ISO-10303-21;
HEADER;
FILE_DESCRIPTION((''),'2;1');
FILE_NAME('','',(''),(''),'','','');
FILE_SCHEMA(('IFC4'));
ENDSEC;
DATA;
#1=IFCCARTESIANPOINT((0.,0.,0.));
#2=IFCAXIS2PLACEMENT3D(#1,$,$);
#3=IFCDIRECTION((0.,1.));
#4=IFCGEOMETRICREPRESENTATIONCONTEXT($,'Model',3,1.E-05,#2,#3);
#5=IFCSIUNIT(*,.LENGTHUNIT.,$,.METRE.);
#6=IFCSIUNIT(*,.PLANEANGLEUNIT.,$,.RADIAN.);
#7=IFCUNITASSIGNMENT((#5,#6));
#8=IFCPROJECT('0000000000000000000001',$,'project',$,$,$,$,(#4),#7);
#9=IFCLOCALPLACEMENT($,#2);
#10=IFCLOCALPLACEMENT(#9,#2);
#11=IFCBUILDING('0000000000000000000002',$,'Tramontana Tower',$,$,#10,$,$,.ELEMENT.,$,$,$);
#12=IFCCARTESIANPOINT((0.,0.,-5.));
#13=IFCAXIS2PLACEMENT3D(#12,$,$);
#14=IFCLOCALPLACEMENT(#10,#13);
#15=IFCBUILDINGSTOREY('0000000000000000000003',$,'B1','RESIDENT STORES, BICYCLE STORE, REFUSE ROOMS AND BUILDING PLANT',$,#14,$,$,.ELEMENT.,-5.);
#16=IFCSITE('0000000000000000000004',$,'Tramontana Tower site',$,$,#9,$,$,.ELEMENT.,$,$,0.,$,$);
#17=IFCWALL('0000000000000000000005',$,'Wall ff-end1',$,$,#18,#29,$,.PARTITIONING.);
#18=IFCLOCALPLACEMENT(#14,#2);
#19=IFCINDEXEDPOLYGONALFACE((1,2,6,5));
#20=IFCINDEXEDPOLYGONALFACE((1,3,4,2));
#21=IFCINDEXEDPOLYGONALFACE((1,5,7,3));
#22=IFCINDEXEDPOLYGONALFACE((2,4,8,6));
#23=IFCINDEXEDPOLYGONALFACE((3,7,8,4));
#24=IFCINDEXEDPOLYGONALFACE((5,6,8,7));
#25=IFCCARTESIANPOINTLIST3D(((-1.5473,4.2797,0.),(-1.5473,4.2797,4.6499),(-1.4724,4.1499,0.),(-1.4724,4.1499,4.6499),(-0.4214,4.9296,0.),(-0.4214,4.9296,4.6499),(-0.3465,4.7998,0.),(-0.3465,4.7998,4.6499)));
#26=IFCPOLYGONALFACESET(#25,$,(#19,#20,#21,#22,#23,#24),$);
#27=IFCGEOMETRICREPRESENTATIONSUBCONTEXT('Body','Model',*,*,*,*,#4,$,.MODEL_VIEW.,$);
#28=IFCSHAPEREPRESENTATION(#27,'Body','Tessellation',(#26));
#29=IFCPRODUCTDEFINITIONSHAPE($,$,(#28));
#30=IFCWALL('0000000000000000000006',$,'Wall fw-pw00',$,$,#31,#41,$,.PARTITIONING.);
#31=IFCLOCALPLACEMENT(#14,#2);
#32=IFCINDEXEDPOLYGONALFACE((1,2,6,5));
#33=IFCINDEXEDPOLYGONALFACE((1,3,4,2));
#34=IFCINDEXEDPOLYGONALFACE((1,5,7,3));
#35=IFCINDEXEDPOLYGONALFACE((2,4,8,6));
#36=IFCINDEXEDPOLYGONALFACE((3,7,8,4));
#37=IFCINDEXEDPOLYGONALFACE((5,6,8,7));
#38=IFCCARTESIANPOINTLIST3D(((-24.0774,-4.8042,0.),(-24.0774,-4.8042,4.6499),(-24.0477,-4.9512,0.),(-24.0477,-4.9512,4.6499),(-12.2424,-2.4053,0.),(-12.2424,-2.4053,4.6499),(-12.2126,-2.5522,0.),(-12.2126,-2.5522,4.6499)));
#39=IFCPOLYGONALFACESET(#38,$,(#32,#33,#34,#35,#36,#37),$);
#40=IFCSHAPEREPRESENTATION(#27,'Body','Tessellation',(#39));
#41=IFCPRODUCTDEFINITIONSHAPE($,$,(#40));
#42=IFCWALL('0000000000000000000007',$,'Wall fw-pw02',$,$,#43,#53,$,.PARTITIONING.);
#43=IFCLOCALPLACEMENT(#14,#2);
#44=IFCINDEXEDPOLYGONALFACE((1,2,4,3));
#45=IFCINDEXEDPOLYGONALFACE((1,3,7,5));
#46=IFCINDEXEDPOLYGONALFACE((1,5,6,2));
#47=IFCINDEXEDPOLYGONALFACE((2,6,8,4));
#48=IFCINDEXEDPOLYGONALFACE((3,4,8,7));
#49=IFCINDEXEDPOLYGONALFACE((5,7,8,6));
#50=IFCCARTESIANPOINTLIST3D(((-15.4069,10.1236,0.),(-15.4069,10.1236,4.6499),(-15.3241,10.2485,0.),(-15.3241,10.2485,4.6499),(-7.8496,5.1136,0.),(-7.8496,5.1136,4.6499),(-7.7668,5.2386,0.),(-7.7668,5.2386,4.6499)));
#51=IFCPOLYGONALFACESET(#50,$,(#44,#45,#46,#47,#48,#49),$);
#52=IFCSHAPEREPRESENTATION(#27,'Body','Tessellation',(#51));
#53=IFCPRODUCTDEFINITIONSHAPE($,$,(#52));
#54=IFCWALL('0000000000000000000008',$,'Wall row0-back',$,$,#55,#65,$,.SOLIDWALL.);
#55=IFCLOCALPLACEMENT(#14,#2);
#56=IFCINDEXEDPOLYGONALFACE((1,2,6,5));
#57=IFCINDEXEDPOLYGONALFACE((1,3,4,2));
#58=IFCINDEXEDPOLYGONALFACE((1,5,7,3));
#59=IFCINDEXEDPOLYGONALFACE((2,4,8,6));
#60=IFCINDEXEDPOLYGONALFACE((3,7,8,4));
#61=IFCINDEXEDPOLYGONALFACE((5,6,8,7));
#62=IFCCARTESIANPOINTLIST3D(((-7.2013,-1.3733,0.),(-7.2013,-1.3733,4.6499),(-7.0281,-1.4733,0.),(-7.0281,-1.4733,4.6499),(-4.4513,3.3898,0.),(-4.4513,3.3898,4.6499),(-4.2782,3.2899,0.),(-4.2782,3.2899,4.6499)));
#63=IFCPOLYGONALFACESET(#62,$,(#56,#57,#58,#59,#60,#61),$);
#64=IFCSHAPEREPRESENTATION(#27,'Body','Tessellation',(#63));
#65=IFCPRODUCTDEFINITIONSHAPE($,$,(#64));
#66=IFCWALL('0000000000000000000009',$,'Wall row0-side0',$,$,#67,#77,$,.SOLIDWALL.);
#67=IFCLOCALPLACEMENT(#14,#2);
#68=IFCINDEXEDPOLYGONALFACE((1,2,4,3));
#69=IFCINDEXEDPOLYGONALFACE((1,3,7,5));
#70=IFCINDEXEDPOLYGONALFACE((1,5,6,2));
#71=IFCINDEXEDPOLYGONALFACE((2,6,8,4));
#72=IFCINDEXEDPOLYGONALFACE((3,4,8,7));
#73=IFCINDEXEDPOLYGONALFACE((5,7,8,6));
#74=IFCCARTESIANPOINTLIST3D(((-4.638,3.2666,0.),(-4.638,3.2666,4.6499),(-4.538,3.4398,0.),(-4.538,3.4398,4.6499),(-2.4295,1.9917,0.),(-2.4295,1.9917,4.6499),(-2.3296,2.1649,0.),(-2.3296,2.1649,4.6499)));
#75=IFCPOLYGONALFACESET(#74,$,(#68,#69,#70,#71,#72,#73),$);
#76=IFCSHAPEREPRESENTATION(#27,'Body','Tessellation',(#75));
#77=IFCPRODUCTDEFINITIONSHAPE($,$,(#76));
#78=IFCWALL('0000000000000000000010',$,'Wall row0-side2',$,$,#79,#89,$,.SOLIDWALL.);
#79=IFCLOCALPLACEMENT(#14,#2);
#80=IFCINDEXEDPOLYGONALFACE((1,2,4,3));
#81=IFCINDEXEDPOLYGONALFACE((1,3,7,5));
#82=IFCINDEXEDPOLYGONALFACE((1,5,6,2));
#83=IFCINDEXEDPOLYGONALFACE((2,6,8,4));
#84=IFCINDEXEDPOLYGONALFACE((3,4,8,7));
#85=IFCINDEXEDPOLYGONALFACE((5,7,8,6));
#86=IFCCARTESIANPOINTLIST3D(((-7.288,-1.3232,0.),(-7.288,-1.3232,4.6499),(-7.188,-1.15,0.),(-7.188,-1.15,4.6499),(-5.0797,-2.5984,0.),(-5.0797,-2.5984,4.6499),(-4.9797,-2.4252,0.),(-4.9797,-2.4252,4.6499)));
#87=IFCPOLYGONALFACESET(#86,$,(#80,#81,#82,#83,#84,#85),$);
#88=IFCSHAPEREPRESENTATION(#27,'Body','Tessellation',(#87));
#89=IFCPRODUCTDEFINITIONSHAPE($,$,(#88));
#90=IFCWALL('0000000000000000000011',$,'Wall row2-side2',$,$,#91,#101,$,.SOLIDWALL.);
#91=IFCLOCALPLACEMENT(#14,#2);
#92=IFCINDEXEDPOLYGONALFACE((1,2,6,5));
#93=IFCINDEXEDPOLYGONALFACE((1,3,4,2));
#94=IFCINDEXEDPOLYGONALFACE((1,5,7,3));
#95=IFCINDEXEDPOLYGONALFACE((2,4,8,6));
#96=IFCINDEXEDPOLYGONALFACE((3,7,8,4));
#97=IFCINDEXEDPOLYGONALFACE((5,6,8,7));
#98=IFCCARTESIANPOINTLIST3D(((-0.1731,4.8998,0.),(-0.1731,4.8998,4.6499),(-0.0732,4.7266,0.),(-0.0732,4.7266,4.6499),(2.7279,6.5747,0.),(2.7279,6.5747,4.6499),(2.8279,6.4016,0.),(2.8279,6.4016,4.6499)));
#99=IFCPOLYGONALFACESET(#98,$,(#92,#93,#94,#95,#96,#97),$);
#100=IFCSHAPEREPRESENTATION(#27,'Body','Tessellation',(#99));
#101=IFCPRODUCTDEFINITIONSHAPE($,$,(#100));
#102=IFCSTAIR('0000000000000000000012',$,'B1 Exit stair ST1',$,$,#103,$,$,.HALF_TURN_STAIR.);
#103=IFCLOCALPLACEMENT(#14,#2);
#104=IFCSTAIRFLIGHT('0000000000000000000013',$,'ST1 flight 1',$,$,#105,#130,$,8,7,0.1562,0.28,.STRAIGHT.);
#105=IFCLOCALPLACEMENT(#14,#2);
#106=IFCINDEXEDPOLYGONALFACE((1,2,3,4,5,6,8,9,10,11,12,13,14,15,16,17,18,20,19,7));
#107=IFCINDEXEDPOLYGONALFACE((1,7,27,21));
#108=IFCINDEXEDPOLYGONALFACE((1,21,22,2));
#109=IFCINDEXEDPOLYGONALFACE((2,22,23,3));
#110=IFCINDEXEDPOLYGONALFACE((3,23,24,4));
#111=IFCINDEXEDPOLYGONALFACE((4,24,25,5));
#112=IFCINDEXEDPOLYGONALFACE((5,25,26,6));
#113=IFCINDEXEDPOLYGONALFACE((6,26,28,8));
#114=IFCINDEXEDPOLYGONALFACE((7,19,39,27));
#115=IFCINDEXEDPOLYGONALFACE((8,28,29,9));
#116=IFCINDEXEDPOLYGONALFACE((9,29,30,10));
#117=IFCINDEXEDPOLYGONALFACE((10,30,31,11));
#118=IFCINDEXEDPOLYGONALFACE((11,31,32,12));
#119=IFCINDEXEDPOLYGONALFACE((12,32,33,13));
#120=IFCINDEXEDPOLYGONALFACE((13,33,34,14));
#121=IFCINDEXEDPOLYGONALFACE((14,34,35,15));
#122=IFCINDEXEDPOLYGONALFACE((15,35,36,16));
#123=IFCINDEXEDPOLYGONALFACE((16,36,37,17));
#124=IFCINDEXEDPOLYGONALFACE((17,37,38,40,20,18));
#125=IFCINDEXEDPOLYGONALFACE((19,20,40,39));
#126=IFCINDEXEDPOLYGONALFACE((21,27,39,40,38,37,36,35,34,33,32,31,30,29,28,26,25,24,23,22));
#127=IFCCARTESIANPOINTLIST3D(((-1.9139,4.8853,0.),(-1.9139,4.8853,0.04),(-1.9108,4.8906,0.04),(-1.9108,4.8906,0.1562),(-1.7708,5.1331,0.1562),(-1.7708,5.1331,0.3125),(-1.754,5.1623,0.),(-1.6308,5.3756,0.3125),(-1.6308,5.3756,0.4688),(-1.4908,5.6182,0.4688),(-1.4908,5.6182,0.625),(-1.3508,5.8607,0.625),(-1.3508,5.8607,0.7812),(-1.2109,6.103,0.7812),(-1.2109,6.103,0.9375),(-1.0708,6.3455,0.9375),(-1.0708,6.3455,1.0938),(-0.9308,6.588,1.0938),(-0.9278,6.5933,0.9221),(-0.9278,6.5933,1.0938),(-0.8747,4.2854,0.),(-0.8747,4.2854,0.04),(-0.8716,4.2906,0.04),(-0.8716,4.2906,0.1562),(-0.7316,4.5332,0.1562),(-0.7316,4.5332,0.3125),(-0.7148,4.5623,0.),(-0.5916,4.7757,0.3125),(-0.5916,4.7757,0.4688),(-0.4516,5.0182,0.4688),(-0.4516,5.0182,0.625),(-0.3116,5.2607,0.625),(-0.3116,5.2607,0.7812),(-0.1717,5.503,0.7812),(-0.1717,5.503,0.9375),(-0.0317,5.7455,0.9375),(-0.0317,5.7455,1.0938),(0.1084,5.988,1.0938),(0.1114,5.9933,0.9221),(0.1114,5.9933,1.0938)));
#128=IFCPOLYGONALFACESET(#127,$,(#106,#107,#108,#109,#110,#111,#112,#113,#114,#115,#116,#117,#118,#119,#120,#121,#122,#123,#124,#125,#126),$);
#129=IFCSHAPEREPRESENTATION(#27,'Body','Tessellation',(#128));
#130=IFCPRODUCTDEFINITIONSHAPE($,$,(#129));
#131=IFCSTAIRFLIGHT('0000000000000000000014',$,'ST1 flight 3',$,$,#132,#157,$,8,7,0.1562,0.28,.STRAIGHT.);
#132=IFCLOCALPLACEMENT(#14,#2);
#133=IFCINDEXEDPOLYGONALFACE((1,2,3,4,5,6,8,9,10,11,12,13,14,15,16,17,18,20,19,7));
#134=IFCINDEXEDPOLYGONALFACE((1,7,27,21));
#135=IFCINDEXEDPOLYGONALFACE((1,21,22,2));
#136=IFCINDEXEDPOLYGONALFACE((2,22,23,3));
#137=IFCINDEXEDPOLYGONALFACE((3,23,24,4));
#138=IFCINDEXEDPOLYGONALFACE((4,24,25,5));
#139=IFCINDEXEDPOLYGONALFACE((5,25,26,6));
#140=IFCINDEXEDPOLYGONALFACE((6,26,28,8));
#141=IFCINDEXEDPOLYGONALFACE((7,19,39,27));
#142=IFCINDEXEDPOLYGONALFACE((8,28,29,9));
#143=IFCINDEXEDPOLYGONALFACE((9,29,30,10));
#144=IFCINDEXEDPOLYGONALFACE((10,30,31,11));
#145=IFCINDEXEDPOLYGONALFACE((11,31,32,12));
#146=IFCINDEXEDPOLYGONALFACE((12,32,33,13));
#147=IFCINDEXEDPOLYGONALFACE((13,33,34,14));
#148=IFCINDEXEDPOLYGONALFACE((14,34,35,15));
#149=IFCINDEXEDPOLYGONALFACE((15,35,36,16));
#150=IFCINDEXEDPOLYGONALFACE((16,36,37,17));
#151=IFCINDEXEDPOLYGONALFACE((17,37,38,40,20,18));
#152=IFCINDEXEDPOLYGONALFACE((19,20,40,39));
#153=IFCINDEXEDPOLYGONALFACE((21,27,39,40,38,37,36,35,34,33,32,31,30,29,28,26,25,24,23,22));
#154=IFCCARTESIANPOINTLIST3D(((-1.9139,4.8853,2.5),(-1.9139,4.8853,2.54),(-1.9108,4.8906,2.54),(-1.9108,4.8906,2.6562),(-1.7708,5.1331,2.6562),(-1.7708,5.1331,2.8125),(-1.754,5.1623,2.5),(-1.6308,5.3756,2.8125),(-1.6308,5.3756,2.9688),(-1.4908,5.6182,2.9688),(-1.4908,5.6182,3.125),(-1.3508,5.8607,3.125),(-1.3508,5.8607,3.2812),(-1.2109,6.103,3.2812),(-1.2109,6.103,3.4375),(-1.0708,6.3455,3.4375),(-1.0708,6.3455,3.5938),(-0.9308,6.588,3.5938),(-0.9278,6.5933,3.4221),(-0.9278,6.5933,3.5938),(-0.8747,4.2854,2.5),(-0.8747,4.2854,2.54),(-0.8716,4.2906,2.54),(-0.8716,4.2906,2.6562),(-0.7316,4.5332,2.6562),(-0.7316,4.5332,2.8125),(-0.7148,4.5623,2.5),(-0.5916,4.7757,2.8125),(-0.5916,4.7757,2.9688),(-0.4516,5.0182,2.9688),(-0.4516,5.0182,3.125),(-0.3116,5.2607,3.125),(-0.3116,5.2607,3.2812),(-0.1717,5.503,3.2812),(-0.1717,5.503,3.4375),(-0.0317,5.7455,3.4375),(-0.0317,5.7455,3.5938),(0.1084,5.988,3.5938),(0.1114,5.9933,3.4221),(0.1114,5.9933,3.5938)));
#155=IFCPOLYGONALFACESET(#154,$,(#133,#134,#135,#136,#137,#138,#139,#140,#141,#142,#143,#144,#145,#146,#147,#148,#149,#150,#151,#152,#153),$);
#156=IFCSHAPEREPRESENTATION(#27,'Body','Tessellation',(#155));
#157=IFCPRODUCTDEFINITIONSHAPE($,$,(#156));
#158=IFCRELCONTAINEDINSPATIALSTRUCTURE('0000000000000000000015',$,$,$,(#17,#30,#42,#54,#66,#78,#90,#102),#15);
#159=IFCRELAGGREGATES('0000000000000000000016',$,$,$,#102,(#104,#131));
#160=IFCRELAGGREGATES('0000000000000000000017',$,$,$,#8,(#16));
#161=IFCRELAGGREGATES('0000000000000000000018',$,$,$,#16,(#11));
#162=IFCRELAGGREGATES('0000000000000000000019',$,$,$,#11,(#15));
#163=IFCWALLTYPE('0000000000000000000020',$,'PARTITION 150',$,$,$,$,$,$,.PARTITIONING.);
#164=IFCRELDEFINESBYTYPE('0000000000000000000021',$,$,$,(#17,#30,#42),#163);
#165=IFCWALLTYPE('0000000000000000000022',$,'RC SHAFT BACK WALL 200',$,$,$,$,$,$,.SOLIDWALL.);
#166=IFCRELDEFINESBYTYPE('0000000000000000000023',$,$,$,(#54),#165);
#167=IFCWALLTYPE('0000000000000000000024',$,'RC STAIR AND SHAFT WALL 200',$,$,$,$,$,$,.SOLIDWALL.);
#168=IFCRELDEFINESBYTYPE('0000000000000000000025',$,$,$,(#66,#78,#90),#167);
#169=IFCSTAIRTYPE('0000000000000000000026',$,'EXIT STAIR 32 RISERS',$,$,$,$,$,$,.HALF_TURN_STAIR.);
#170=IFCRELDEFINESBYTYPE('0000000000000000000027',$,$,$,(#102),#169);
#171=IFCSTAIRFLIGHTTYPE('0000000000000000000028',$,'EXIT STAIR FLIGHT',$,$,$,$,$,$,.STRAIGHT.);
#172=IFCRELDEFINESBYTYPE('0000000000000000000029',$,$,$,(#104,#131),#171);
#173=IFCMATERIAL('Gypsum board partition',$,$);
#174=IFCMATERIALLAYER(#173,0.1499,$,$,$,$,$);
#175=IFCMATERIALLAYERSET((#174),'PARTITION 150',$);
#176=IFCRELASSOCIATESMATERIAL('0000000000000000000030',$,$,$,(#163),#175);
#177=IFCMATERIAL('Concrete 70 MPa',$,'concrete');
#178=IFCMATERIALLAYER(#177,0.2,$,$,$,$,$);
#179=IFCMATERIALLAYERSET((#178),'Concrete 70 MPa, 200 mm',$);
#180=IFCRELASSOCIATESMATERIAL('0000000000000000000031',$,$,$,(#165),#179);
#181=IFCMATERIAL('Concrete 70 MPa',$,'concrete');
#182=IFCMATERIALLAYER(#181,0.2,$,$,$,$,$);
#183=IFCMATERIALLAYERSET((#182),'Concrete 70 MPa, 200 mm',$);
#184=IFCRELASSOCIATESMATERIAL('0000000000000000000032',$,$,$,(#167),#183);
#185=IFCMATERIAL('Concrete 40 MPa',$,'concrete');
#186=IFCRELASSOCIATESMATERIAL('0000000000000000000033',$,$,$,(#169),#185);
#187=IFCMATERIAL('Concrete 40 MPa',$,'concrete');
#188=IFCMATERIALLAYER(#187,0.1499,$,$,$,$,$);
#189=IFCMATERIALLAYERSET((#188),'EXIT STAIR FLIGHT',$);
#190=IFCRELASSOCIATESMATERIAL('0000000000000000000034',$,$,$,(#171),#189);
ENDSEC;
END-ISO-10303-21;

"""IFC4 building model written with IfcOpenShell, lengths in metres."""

from ifc_helpers import new_model, si_unit, direction, frame, frame_2d, origin, place, context, subcontext, project, spatial, polyline, rectangle, outline, extrude, material, layer, layer_set, type_object, element, aggregate, save


model = new_model("IFC4")

# Units and contexts
model_context = context("Model", 3, precision=1e-05, world=origin(), true_north=direction((0.0, 1.0)))
body_context = subcontext(model_context, "Body", "Model", "MODEL_VIEW")
ifc_project = project(units=[si_unit("LENGTHUNIT", "METRE"), si_unit("PLANEANGLEUNIT", "RADIAN")], contexts=[model_context])

# Site, building, storey
site_placement = place(None, origin())
site = spatial("IfcSite", under=ifc_project, at=site_placement, Name="Tramontana Tower site", CompositionType="ELEMENT", RefElevation=0.0)
building_placement = place(site_placement, origin())
building = spatial("IfcBuilding", under=site, at=building_placement, Name="Tramontana Tower", CompositionType="ELEMENT")
storey_placement = place(building_placement, frame((0.0, 0.0, -5.0)))
storey = spatial("IfcBuildingStorey", under=building, at=storey_placement, Name="B1", Description="RESIDENT STORES, BICYCLE STORE, REFUSE ROOMS AND BUILDING PLANT", CompositionType="ELEMENT", Elevation=-5.0)

# Shared definitions
ifc_material_1 = material(Name="Gypsum board partition")
ifc_layer_1 = layer(ifc_material_1, 0.1499)
ifc_layer_set_1 = layer_set([ifc_layer_1], Name="PARTITION 150")
wall_type_1 = type_object("IfcWallType", Name="PARTITION 150", PredefinedType="PARTITIONING", material=ifc_layer_set_1)

# Walls
wall_1_placement = place(storey_placement, frame((-1.5098, 4.2148, 0.0), z_axis=(0.0, 0.0, 1.0), x_axis=(0.866086, 0.499896, 0.0)))
element("IfcWall", 1, at=wall_1_placement, inside=storey, type_object=wall_type_1, Name="Wall ff-end1", PredefinedType="PARTITIONING", context=body_context, shape_type="SweptSolid", body=[
    extrude(rectangle(XDim=1.3, YDim=0.1499, at=frame_2d((0.6499, 0.0))), origin(), (0.0, 0.0, 1.0), 4.6499),
])
wall_2_placement = place(storey_placement, frame((-12.2275, -2.4788, 0.0), z_axis=(0.0, 0.0, 1.0), x_axis=(-0.980069, -0.198658, 0.0)))
element("IfcWall", 2, at=wall_2_placement, inside=storey, type_object=wall_type_1, Name="Wall fw-pw00", PredefinedType="PARTITIONING", context=body_context, shape_type="SweptSolid", body=[
    extrude(rectangle(XDim=12.0757, YDim=0.1499, at=frame_2d((6.0378, 0.0))), origin(), (0.0, 0.0, 1.0), 4.6499),
])
wall_3_placement = place(storey_placement, frame((-7.8081, 5.176, 0.0), z_axis=(0.0, 0.0, 1.0), x_axis=(-0.833485, 0.552542, 0.0)))
element("IfcWall", 3, at=wall_3_placement, inside=storey, type_object=wall_type_1, Name="Wall fw-pw02", PredefinedType="PARTITIONING", context=body_context, shape_type="SweptSolid", body=[
    extrude(rectangle(XDim=9.0671, YDim=0.1499, at=frame_2d((4.5337, 0.0))), origin(), (0.0, 0.0, 1.0), 4.6499),
])
ifc_material_2 = material(Name="Concrete 70 MPa", Category="concrete")
ifc_layer_2 = layer(ifc_material_2, 0.2)
ifc_layer_set_2 = layer_set([ifc_layer_2], Name="Concrete 70 MPa, 200 mm")
wall_type_2 = type_object("IfcWallType", Name="RC SHAFT BACK WALL 200", PredefinedType="SOLIDWALL", material=ifc_layer_set_2)
wall_4_placement = place(storey_placement, frame((-4.3647, 3.3398, 0.0), z_axis=(0.0, 0.0, 1.0), x_axis=(-0.499997, -0.866027, 0.0)))
element("IfcWall", 4, at=wall_4_placement, inside=storey, type_object=wall_type_2, Name="Wall row0-back", PredefinedType="SOLIDWALL", context=body_context, shape_type="SweptSolid", body=[
    extrude(rectangle(XDim=5.5, YDim=0.2, at=frame_2d((2.75, 0.0))), origin(), (0.0, 0.0, 1.0), 4.6499),
])

# Shared definitions
ifc_material_3 = material(Name="Concrete 70 MPa", Category="concrete")
ifc_layer_3 = layer(ifc_material_3, 0.2)
ifc_layer_set_3 = layer_set([ifc_layer_3], Name="Concrete 70 MPa, 200 mm")
wall_type_3 = type_object("IfcWallType", Name="RC STAIR AND SHAFT WALL 200", PredefinedType="SOLIDWALL", material=ifc_layer_set_3)

# Walls
for number, where, z_axis, x_axis, name in (
    (5, (-2.3796, 2.0784, 0.0), (0.0, 0.0, 1.0), (-0.866055, 0.499949, 0.0), "Wall row0-side0"),
    (6, (-5.0298, -2.5117, 0.0), (0.0, 0.0, 1.0), (-0.865989, 0.500062, 0.0), "Wall row0-side2"),
):
    element("IfcWall", number, at=place(storey_placement, frame(where, z_axis=z_axis, x_axis=x_axis)), inside=storey, type_object=wall_type_3, Name=name, PredefinedType="SOLIDWALL", context=body_context, shape_type="SweptSolid", body=[
        extrude(rectangle(XDim=2.55, YDim=0.2, at=frame_2d((1.2749, 0.0))), origin(), (0.0, 0.0, 1.0), 4.6499),
    ])
wall_5_placement = place(storey_placement, frame((-0.123, 4.8132, 0.0), z_axis=(0.0, 0.0, 1.0), x_axis=(0.866014, 0.500019, 0.0)))
element("IfcWall", 7, at=wall_5_placement, inside=storey, type_object=wall_type_3, Name="Wall row2-side2", PredefinedType="SOLIDWALL", context=body_context, shape_type="SweptSolid", body=[
    extrude(rectangle(XDim=3.3499, YDim=0.2, at=frame_2d((1.6748, 0.0))), origin(), (0.0, 0.0, 1.0), 4.6499),
])

# Stair, stair flights
ifc_material_4 = material(Name="Concrete 40 MPa", Category="concrete")
stair_type = type_object("IfcStairType", Name="EXIT STAIR 32 RISERS", PredefinedType="HALF_TURN_STAIR", material=ifc_material_4)
stair_placement = place(storey_placement, origin())
stair = element("IfcStair", 8, at=stair_placement, inside=storey, type_object=stair_type, Name="B1 Exit stair ST1", PredefinedType="HALF_TURN_STAIR")
ifc_material_5 = material(Name="Concrete 40 MPa", Category="concrete")
ifc_layer_4 = layer(ifc_material_5, 0.1499)
ifc_layer_set_4 = layer_set([ifc_layer_4], Name="EXIT STAIR FLIGHT")
stair_flight_type = type_object("IfcStairFlightType", Name="EXIT STAIR FLIGHT", PredefinedType="STRAIGHT", material=ifc_layer_set_4)
stair_flight_1_placement = place(storey_placement, frame((-1.3911, 4.5906, 0.0), z_axis=(0.0, 0.0, 1.0), x_axis=(0.5, 0.866025, 0.0)))
stair_flight_1 = element("IfcStairFlight", 9, at=stair_flight_1_placement, type_object=stair_flight_type, Name="ST1 flight 1", NumberOfRisers=8, NumberOfTreads=7, PredefinedType="STRAIGHT", RiserHeight=0.1562, TreadLength=0.28, context=body_context, shape_type="SweptSolid", body=[
    extrude(outline(polyline([(-0.0061, 0.0), (-0.0061, 0.04), (0.0, 0.04), (0.0, 0.1562), (0.28, 0.1562), (0.28, 0.3125), (0.5601, 0.3125), (0.5601, 0.4688), (0.8401, 0.4688), (0.8401, 0.625), (1.1201, 0.625), (1.1201, 0.7812), (1.3999, 0.7812), (1.3999, 0.9375), (1.6799, 0.9375), (1.6799, 1.0938), (1.96, 1.0938), (1.9661, 1.0938), (1.9661, 0.9221), (0.3137, 0.0), (-0.0061, 0.0)])), frame((0.0, 0.6001, 0.0), z_axis=(0.0, -1.0, 0.0), x_axis=(1.0, 0.0, 0.0)), (0.0, 0.0, 1.0), 1.2),
])
stair_flight_2_placement = place(storey_placement, frame((-1.3911, 4.5906, 2.5), z_axis=(0.0, 0.0, 1.0), x_axis=(0.5, 0.866025, 0.0)))
stair_flight_2 = element("IfcStairFlight", 10, at=stair_flight_2_placement, type_object=stair_flight_type, Name="ST1 flight 3", NumberOfRisers=8, NumberOfTreads=7, PredefinedType="STRAIGHT", RiserHeight=0.1562, TreadLength=0.28, context=body_context, shape_type="SweptSolid", body=[
    extrude(outline(polyline([(-0.0061, 0.0), (-0.0061, 0.04), (0.0, 0.04), (0.0, 0.1562), (0.28, 0.1562), (0.28, 0.3125), (0.5601, 0.3125), (0.5601, 0.4688), (0.8401, 0.4688), (0.8401, 0.625), (1.1201, 0.625), (1.1201, 0.7812), (1.3999, 0.7812), (1.3999, 0.9375), (1.6799, 0.9375), (1.6799, 1.0938), (1.96, 1.0938), (1.9661, 1.0938), (1.9661, 0.9221), (0.3137, 0.0), (-0.0061, 0.0)])), frame((0.0, 0.6001, 0.0), z_axis=(0.0, -1.0, 0.0), x_axis=(1.0, 0.0, 0.0)), (0.0, 0.0, 1.0), 1.2),
])
aggregate(stair, [stair_flight_1, stair_flight_2])

save(model, "model.ifc")
